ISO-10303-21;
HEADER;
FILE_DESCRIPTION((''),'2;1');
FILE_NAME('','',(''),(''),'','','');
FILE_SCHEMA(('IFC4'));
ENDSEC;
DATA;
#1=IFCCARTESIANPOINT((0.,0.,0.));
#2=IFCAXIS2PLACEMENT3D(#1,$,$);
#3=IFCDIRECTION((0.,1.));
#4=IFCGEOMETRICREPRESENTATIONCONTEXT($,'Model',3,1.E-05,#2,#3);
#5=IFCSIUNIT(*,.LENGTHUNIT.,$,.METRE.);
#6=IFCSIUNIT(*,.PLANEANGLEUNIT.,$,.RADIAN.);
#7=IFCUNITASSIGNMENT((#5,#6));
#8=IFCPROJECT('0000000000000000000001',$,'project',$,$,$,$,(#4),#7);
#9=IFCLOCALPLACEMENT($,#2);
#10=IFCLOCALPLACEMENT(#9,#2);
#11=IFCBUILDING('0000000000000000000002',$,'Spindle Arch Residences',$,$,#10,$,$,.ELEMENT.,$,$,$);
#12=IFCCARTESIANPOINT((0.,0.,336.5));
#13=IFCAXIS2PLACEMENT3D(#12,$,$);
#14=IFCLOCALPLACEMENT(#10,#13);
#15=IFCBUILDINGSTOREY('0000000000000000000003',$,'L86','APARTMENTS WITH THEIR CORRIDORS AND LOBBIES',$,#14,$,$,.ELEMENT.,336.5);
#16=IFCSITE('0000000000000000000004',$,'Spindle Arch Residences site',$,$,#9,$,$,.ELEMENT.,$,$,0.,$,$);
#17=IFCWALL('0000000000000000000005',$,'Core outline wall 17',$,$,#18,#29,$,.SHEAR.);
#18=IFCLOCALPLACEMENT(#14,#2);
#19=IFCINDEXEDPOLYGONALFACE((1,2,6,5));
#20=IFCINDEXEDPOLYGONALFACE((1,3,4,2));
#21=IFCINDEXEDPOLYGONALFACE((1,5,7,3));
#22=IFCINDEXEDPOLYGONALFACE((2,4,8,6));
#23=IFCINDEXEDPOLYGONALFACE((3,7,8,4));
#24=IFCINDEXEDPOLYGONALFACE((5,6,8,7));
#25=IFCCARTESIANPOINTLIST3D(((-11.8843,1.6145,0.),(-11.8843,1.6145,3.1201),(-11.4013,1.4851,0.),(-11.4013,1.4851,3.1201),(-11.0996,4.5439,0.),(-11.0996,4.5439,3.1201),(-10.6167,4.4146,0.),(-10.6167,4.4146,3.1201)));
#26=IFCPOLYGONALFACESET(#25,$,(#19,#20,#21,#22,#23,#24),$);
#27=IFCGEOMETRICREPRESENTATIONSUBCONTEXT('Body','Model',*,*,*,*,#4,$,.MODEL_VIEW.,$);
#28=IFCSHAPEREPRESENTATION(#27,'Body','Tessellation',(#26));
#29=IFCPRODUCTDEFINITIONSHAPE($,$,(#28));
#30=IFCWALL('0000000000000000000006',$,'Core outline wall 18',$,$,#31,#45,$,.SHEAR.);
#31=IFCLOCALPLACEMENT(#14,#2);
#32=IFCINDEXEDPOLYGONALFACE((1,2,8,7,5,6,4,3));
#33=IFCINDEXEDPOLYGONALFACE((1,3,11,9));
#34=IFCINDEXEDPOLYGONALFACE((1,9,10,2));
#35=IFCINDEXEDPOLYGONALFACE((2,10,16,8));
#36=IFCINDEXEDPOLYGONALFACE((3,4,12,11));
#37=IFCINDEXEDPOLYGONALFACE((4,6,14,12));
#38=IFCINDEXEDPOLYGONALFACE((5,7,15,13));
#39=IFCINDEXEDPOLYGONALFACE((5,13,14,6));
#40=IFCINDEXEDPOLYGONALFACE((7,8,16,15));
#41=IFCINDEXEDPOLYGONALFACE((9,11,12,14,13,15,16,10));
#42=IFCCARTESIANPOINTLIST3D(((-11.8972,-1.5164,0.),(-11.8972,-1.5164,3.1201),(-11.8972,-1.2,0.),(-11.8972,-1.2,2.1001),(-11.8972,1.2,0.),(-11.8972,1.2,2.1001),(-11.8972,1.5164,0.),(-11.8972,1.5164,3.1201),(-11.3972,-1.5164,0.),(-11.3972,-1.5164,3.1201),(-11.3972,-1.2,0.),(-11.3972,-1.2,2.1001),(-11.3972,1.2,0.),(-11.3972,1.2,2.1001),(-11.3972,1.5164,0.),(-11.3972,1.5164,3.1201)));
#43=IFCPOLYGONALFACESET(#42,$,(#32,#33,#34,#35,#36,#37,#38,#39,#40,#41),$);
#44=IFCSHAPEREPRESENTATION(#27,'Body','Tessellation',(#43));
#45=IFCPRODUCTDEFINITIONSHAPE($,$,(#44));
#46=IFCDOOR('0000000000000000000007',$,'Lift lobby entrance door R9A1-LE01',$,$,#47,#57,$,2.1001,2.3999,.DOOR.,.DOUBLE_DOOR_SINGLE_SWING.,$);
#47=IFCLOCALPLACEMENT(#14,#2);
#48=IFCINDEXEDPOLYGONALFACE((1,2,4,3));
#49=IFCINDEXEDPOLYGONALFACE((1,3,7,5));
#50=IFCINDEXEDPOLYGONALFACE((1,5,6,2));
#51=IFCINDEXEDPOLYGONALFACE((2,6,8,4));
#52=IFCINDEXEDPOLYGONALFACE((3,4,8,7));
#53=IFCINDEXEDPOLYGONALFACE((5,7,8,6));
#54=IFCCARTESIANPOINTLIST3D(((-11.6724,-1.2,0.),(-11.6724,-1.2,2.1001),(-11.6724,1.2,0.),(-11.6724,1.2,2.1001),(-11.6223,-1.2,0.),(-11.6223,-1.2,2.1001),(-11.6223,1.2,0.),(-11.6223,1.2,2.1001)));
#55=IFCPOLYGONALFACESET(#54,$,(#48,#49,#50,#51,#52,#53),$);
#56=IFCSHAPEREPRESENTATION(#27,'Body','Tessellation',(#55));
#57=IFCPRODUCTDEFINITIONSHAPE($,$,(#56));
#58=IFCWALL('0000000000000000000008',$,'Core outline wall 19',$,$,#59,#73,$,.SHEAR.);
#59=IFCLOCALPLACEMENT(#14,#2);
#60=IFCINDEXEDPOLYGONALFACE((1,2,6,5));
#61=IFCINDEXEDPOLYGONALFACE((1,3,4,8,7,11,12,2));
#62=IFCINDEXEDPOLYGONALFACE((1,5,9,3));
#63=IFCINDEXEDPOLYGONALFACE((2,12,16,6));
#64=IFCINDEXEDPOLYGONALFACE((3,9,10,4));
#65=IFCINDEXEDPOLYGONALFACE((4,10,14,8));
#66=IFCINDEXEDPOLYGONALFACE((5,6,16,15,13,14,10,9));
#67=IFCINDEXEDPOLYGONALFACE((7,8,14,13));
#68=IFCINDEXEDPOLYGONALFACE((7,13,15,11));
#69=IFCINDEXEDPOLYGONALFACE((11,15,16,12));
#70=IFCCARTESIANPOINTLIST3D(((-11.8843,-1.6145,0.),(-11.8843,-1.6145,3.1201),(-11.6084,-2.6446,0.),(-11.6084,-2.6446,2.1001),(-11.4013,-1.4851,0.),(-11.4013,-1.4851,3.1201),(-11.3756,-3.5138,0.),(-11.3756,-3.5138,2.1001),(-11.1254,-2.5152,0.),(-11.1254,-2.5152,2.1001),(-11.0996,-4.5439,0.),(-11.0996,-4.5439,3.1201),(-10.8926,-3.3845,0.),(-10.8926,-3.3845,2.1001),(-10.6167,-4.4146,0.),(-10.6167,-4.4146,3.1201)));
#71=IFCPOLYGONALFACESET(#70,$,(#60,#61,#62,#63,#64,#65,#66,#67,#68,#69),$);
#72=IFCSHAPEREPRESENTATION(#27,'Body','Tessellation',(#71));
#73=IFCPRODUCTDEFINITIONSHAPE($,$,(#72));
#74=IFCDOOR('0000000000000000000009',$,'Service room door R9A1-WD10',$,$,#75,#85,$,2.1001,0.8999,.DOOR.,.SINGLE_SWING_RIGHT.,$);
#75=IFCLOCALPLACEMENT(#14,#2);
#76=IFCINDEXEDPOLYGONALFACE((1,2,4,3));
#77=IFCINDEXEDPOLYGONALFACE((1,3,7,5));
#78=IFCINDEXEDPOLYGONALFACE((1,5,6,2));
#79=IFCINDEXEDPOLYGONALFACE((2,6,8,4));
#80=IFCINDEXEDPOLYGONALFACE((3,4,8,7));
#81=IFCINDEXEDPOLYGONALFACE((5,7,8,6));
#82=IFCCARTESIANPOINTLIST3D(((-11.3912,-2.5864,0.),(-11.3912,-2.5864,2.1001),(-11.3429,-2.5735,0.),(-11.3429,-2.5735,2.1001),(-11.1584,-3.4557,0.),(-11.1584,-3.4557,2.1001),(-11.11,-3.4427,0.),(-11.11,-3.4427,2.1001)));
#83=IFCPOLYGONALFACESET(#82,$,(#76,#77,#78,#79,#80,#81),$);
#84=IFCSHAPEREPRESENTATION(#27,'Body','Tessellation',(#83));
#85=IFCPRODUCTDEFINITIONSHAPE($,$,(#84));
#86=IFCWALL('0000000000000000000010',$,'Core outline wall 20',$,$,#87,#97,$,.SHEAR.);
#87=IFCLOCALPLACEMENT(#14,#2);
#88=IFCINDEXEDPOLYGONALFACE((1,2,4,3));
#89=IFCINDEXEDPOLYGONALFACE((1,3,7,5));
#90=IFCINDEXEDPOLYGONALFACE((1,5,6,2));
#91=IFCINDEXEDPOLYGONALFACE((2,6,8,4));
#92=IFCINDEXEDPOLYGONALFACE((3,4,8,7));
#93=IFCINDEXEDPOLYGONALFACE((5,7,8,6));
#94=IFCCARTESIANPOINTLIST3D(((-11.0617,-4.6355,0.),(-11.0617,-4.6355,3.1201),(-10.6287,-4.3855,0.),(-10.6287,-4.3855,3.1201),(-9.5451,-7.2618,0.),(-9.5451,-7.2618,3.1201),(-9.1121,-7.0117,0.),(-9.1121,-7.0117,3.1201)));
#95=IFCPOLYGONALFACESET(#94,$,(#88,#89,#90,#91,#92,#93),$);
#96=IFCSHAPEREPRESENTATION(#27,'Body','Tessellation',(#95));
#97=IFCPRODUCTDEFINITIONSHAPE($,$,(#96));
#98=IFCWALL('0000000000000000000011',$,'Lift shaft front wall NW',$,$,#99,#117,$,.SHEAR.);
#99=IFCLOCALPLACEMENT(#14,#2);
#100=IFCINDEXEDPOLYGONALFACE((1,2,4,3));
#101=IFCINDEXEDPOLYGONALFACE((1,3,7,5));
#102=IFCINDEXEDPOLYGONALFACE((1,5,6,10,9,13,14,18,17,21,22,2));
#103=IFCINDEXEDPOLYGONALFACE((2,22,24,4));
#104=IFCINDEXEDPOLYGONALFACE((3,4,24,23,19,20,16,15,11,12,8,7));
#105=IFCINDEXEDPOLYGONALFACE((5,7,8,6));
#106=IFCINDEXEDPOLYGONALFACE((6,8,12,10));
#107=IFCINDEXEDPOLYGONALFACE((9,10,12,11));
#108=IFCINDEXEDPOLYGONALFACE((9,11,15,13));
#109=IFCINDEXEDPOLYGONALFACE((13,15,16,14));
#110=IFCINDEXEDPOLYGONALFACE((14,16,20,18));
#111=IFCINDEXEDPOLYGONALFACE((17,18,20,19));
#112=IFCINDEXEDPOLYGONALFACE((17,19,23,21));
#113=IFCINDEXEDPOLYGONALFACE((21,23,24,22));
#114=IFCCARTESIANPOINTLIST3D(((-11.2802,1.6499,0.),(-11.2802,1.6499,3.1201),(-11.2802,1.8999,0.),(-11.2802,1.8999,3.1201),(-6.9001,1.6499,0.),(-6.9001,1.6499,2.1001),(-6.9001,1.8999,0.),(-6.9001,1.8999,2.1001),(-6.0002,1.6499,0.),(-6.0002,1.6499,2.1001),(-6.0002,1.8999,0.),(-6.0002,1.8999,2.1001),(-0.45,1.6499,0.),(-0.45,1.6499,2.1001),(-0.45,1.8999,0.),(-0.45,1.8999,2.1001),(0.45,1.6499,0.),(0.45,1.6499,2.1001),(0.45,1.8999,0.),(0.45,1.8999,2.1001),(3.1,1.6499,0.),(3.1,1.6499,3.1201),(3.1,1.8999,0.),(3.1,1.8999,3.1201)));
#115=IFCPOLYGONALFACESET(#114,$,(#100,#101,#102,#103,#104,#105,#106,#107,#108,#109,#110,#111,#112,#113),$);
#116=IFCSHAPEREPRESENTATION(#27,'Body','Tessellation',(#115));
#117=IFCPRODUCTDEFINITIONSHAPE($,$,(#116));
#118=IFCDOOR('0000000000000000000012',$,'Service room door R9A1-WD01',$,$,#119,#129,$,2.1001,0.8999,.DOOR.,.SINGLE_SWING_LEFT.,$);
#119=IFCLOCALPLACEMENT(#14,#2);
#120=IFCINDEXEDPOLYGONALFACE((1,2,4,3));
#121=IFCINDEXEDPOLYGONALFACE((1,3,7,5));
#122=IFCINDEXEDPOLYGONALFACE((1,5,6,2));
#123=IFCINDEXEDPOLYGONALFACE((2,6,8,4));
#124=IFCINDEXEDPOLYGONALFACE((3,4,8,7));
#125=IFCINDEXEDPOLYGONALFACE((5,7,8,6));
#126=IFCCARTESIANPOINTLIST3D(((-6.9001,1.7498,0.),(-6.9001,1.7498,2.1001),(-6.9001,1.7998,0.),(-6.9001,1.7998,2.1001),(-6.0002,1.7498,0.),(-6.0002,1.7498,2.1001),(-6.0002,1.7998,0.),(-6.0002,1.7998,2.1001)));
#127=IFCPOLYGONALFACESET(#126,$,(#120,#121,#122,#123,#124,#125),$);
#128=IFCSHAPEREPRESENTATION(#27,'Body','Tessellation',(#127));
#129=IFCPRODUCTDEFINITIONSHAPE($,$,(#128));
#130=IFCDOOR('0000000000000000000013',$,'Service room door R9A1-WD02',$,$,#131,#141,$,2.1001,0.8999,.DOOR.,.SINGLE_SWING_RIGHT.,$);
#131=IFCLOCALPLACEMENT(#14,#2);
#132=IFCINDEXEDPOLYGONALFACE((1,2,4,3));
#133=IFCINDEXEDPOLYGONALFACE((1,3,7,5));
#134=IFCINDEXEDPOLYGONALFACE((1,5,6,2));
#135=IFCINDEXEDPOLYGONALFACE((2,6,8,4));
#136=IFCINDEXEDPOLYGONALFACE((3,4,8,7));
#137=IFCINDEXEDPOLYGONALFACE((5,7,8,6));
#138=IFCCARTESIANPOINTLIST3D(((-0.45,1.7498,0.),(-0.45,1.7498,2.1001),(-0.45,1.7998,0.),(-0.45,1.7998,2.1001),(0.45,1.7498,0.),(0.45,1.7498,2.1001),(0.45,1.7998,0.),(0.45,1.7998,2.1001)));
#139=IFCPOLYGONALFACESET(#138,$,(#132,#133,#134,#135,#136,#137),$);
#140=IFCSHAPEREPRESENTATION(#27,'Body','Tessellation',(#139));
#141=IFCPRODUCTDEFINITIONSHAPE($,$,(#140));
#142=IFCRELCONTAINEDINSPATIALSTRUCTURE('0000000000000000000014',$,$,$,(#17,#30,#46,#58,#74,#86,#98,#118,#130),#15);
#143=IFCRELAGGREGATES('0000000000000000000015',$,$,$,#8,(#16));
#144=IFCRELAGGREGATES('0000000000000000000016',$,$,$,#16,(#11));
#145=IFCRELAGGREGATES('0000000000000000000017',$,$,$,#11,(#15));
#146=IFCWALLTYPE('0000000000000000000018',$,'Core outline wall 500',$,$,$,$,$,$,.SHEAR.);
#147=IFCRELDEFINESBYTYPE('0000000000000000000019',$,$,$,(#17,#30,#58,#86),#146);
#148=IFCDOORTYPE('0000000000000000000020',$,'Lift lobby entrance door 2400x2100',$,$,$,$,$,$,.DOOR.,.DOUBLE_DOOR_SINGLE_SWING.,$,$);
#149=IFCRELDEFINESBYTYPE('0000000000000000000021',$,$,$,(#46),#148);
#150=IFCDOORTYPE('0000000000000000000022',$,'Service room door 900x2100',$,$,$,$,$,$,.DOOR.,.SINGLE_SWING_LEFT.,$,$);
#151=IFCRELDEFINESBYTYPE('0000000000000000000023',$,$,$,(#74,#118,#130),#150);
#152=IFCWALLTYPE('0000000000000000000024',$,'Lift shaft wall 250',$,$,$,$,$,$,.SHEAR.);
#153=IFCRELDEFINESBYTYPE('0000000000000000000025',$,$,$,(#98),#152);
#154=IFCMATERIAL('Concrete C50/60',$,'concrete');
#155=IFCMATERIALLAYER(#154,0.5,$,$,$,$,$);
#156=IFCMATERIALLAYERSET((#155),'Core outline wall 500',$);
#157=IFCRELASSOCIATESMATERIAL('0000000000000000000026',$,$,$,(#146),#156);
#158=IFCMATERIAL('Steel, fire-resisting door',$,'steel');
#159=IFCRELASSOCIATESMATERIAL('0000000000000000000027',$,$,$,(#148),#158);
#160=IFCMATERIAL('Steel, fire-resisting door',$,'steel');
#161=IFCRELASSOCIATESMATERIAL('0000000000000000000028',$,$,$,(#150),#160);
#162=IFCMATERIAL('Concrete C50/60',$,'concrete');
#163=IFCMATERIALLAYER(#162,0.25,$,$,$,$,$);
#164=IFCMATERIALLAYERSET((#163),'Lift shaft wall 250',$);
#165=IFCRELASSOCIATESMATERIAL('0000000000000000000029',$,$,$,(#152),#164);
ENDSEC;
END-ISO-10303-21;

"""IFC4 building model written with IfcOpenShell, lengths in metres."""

from ifc_helpers import new_model, si_unit, direction, frame, frame_2d, origin, place, context, subcontext, project, spatial, rectangle, extrude, material, layer, layer_set, type_object, element, fill, save


model = new_model("IFC4")

# Units and contexts
model_context = context("Model", 3, precision=1e-05, world=origin(), true_north=direction((0.0, 1.0)))
body_context = subcontext(model_context, "Body", "Model", "MODEL_VIEW")
ifc_project = project(units=[si_unit("LENGTHUNIT", "METRE"), si_unit("PLANEANGLEUNIT", "RADIAN")], contexts=[model_context])

# Site, building, storey
site_placement = place(None, origin())
site = spatial("IfcSite", under=ifc_project, at=site_placement, Name="Spindle Arch Residences site", CompositionType="ELEMENT", RefElevation=0.0)
building_placement = place(site_placement, origin())
building = spatial("IfcBuilding", under=site, at=building_placement, Name="Spindle Arch Residences", CompositionType="ELEMENT")
storey_placement = place(building_placement, frame((0.0, 0.0, 336.5)))
storey = spatial("IfcBuildingStorey", under=building, at=storey_placement, Name="L86", Description="APARTMENTS WITH THEIR CORRIDORS AND LOBBIES", CompositionType="ELEMENT", Elevation=336.5)

# Wall
ifc_material_1 = material(Name="Concrete C50/60", Category="concrete")
ifc_layer_1 = layer(ifc_material_1, 0.5)
ifc_layer_set_1 = layer_set([ifc_layer_1], Name="Core outline wall 500")
wall_type_1 = type_object("IfcWallType", Name="Core outline wall 500", PredefinedType="SHEAR", material=ifc_layer_set_1)
wall_1_placement = place(storey_placement, frame((-10.8582, 4.4792, 0.0), z_axis=(0.0, 0.0, 1.0), x_axis=(-0.258735, -0.965948, 0.0)))
element("IfcWall", 1, at=wall_1_placement, inside=storey, type_object=wall_type_1, Name="Core outline wall 17", PredefinedType="SHEAR", context=body_context, shape_type="SweptSolid", body=[
    extrude(rectangle(XDim=3.0327, YDim=0.5, at=frame_2d((1.5164, 0.0))), origin(), (0.0, 0.0, 1.0), 3.1201),
])

# Walls, openings, doors
wall_2_placement = place(storey_placement, frame((-11.6472, 1.5164, 0.0), z_axis=(0.0, 0.0, 1.0), x_axis=(0.0, -1.0, 0.0)))
wall_2 = element("IfcWall", 2, at=wall_2_placement, inside=storey, type_object=wall_type_1, Name="Core outline wall 18", PredefinedType="SHEAR", context=body_context, shape_type="SweptSolid", body=[
    extrude(rectangle(XDim=3.0327, YDim=0.5, at=frame_2d((1.5164, 0.0))), origin(), (0.0, 0.0, 1.0), 3.1201),
])
opening_1_placement = place(wall_2_placement, frame((0.3164, 0.0, 0.0)))
opening_1 = element("IfcOpeningElement", 3, at=opening_1_placement, cuts=wall_2, PredefinedType="OPENING", context=body_context, shape_type="SweptSolid", body=[
    extrude(rectangle(XDim=2.3999, YDim=2.1001, at=frame_2d((1.2, 1.05))), frame((0.0, 0.26, 0.0), z_axis=(0.0, -1.0, 0.0), x_axis=(1.0, 0.0, 0.0)), (0.0, 0.0, 1.0), 0.52),
])
ifc_material_2 = material(Name="Steel, fire-resisting door", Category="steel")
door_type_1 = type_object("IfcDoorType", Name="Lift lobby entrance door 2400x2100", OperationType="DOUBLE_DOOR_SINGLE_SWING", PredefinedType="DOOR", material=ifc_material_2)
door_1_placement = place(opening_1_placement, origin())
door_1 = element("IfcDoor", 4, at=door_1_placement, inside=storey, type_object=door_type_1, Name="Lift lobby entrance door R9A1-LE01", OperationType="DOUBLE_DOOR_SINGLE_SWING", OverallHeight=2.1001, OverallWidth=2.3999, PredefinedType="DOOR", context=body_context, shape_type="SweptSolid", body=[
    extrude(rectangle(XDim=2.3999, YDim=2.1001, at=frame_2d((1.2, 1.05))), frame((0.0, 0.0249, 0.0), z_axis=(0.0, -1.0, 0.0), x_axis=(1.0, 0.0, 0.0)), (0.0, 0.0, 1.0), 0.05),
])
fill(opening_1, door_1)
wall_3_placement = place(storey_placement, frame((-11.6428, -1.5498, 0.0), z_axis=(0.0, 0.0, 1.0), x_axis=(0.258735, -0.965948, 0.0)))
wall_3 = element("IfcWall", 5, at=wall_3_placement, inside=storey, type_object=wall_type_1, Name="Core outline wall 19", PredefinedType="SHEAR", context=body_context, shape_type="SweptSolid", body=[
    extrude(rectangle(XDim=3.0327, YDim=0.5, at=frame_2d((1.5164, 0.0))), origin(), (0.0, 0.0, 1.0), 3.1201),
])
opening_2_placement = place(wall_3_placement, frame((1.0664, 0.0, 0.0)))
opening_2 = element("IfcOpeningElement", 6, at=opening_2_placement, cuts=wall_3, PredefinedType="OPENING", context=body_context, shape_type="SweptSolid", body=[
    extrude(rectangle(XDim=0.8999, YDim=2.1001, at=frame_2d((0.45, 1.05))), frame((0.0, 0.26, 0.0), z_axis=(0.0, -1.0, 0.0), x_axis=(1.0, 0.0, 0.0)), (0.0, 0.0, 1.0), 0.52),
])
ifc_material_3 = material(Name="Steel, fire-resisting door", Category="steel")
door_type_2 = type_object("IfcDoorType", Name="Service room door 900x2100", OperationType="SINGLE_SWING_LEFT", PredefinedType="DOOR", material=ifc_material_3)
door_2_placement = place(opening_2_placement, origin())
door_2 = element("IfcDoor", 7, at=door_2_placement, inside=storey, type_object=door_type_2, Name="Service room door R9A1-WD10", OperationType="SINGLE_SWING_RIGHT", OverallHeight=2.1001, OverallWidth=0.8999, PredefinedType="DOOR", context=body_context, shape_type="SweptSolid", body=[
    extrude(rectangle(XDim=0.8999, YDim=2.1001, at=frame_2d((0.45, 1.05))), frame((0.0, 0.0249, 0.0), z_axis=(0.0, -1.0, 0.0), x_axis=(1.0, 0.0, 0.0)), (0.0, 0.0, 1.0), 0.05),
])
fill(opening_2, door_2)

# Wall
wall_4_placement = place(storey_placement, frame((-10.8452, -4.5105, 0.0), z_axis=(0.0, 0.0, 1.0), x_axis=(0.500087, -0.865975, 0.0)))
element("IfcWall", 8, at=wall_4_placement, inside=storey, type_object=wall_type_1, Name="Core outline wall 20", PredefinedType="SHEAR", context=body_context, shape_type="SweptSolid", body=[
    extrude(rectangle(XDim=3.0327, YDim=0.5, at=frame_2d((1.5164, 0.0))), origin(), (0.0, 0.0, 1.0), 3.1201),
])

# Wall, openings, doors
ifc_material_4 = material(Name="Concrete C50/60", Category="concrete")
ifc_layer_2 = layer(ifc_material_4, 0.25)
ifc_layer_set_2 = layer_set([ifc_layer_2], Name="Lift shaft wall 250")
wall_type_2 = type_object("IfcWallType", Name="Lift shaft wall 250", PredefinedType="SHEAR", material=ifc_layer_set_2)
wall_5_placement = place(storey_placement, frame((-11.28, 1.7749, 0.0), z_axis=(0.0, 0.0, 1.0), x_axis=(1.0, 0.0, 0.0)))
wall_5 = element("IfcWall", 9, at=wall_5_placement, inside=storey, type_object=wall_type_2, Name="Lift shaft front wall NW", PredefinedType="SHEAR", context=body_context, shape_type="SweptSolid", body=[
    extrude(rectangle(XDim=14.3801, YDim=0.25, at=frame_2d((7.1899, 0.0))), origin(), (0.0, 0.0, 1.0), 3.1201),
])
opening_3_placement = place(wall_5_placement, frame((4.3799, 0.0, 0.0)))
opening_3 = element("IfcOpeningElement", 10, at=opening_3_placement, cuts=wall_5, PredefinedType="OPENING", context=body_context, shape_type="SweptSolid", body=[
    extrude(rectangle(XDim=0.8999, YDim=2.1001, at=frame_2d((0.45, 1.05))), frame((0.0, 0.135, 0.0), z_axis=(0.0, -1.0, 0.0), x_axis=(1.0, 0.0, 0.0)), (0.0, 0.0, 1.0), 0.27),
])
opening_4_placement = place(wall_5_placement, frame((10.8301, 0.0, 0.0)))
opening_4 = element("IfcOpeningElement", 11, at=opening_4_placement, cuts=wall_5, PredefinedType="OPENING", context=body_context, shape_type="SweptSolid", body=[
    extrude(rectangle(XDim=0.8999, YDim=2.1001, at=frame_2d((0.45, 1.05))), frame((0.0, 0.135, 0.0), z_axis=(0.0, -1.0, 0.0), x_axis=(1.0, 0.0, 0.0)), (0.0, 0.0, 1.0), 0.27),
])
door_3_placement = place(opening_3_placement, origin())
door_3 = element("IfcDoor", 12, at=door_3_placement, inside=storey, type_object=door_type_2, Name="Service room door R9A1-WD01", OperationType="SINGLE_SWING_LEFT", OverallHeight=2.1001, OverallWidth=0.8999, PredefinedType="DOOR", context=body_context, shape_type="SweptSolid", body=[
    extrude(rectangle(XDim=0.8999, YDim=2.1001, at=frame_2d((0.45, 1.05))), frame((0.0, 0.0249, 0.0), z_axis=(0.0, -1.0, 0.0), x_axis=(1.0, 0.0, 0.0)), (0.0, 0.0, 1.0), 0.05),
])
fill(opening_3, door_3)
door_4_placement = place(opening_4_placement, origin())
door_4 = element("IfcDoor", 13, at=door_4_placement, inside=storey, type_object=door_type_2, Name="Service room door R9A1-WD02", OperationType="SINGLE_SWING_RIGHT", OverallHeight=2.1001, OverallWidth=0.8999, PredefinedType="DOOR", context=body_context, shape_type="SweptSolid", body=[
    extrude(rectangle(XDim=0.8999, YDim=2.1001, at=frame_2d((0.45, 1.05))), frame((0.0, 0.0249, 0.0), z_axis=(0.0, -1.0, 0.0), x_axis=(1.0, 0.0, 0.0)), (0.0, 0.0, 1.0), 0.05),
])
fill(opening_4, door_4)

save(model, "model.ifc")
